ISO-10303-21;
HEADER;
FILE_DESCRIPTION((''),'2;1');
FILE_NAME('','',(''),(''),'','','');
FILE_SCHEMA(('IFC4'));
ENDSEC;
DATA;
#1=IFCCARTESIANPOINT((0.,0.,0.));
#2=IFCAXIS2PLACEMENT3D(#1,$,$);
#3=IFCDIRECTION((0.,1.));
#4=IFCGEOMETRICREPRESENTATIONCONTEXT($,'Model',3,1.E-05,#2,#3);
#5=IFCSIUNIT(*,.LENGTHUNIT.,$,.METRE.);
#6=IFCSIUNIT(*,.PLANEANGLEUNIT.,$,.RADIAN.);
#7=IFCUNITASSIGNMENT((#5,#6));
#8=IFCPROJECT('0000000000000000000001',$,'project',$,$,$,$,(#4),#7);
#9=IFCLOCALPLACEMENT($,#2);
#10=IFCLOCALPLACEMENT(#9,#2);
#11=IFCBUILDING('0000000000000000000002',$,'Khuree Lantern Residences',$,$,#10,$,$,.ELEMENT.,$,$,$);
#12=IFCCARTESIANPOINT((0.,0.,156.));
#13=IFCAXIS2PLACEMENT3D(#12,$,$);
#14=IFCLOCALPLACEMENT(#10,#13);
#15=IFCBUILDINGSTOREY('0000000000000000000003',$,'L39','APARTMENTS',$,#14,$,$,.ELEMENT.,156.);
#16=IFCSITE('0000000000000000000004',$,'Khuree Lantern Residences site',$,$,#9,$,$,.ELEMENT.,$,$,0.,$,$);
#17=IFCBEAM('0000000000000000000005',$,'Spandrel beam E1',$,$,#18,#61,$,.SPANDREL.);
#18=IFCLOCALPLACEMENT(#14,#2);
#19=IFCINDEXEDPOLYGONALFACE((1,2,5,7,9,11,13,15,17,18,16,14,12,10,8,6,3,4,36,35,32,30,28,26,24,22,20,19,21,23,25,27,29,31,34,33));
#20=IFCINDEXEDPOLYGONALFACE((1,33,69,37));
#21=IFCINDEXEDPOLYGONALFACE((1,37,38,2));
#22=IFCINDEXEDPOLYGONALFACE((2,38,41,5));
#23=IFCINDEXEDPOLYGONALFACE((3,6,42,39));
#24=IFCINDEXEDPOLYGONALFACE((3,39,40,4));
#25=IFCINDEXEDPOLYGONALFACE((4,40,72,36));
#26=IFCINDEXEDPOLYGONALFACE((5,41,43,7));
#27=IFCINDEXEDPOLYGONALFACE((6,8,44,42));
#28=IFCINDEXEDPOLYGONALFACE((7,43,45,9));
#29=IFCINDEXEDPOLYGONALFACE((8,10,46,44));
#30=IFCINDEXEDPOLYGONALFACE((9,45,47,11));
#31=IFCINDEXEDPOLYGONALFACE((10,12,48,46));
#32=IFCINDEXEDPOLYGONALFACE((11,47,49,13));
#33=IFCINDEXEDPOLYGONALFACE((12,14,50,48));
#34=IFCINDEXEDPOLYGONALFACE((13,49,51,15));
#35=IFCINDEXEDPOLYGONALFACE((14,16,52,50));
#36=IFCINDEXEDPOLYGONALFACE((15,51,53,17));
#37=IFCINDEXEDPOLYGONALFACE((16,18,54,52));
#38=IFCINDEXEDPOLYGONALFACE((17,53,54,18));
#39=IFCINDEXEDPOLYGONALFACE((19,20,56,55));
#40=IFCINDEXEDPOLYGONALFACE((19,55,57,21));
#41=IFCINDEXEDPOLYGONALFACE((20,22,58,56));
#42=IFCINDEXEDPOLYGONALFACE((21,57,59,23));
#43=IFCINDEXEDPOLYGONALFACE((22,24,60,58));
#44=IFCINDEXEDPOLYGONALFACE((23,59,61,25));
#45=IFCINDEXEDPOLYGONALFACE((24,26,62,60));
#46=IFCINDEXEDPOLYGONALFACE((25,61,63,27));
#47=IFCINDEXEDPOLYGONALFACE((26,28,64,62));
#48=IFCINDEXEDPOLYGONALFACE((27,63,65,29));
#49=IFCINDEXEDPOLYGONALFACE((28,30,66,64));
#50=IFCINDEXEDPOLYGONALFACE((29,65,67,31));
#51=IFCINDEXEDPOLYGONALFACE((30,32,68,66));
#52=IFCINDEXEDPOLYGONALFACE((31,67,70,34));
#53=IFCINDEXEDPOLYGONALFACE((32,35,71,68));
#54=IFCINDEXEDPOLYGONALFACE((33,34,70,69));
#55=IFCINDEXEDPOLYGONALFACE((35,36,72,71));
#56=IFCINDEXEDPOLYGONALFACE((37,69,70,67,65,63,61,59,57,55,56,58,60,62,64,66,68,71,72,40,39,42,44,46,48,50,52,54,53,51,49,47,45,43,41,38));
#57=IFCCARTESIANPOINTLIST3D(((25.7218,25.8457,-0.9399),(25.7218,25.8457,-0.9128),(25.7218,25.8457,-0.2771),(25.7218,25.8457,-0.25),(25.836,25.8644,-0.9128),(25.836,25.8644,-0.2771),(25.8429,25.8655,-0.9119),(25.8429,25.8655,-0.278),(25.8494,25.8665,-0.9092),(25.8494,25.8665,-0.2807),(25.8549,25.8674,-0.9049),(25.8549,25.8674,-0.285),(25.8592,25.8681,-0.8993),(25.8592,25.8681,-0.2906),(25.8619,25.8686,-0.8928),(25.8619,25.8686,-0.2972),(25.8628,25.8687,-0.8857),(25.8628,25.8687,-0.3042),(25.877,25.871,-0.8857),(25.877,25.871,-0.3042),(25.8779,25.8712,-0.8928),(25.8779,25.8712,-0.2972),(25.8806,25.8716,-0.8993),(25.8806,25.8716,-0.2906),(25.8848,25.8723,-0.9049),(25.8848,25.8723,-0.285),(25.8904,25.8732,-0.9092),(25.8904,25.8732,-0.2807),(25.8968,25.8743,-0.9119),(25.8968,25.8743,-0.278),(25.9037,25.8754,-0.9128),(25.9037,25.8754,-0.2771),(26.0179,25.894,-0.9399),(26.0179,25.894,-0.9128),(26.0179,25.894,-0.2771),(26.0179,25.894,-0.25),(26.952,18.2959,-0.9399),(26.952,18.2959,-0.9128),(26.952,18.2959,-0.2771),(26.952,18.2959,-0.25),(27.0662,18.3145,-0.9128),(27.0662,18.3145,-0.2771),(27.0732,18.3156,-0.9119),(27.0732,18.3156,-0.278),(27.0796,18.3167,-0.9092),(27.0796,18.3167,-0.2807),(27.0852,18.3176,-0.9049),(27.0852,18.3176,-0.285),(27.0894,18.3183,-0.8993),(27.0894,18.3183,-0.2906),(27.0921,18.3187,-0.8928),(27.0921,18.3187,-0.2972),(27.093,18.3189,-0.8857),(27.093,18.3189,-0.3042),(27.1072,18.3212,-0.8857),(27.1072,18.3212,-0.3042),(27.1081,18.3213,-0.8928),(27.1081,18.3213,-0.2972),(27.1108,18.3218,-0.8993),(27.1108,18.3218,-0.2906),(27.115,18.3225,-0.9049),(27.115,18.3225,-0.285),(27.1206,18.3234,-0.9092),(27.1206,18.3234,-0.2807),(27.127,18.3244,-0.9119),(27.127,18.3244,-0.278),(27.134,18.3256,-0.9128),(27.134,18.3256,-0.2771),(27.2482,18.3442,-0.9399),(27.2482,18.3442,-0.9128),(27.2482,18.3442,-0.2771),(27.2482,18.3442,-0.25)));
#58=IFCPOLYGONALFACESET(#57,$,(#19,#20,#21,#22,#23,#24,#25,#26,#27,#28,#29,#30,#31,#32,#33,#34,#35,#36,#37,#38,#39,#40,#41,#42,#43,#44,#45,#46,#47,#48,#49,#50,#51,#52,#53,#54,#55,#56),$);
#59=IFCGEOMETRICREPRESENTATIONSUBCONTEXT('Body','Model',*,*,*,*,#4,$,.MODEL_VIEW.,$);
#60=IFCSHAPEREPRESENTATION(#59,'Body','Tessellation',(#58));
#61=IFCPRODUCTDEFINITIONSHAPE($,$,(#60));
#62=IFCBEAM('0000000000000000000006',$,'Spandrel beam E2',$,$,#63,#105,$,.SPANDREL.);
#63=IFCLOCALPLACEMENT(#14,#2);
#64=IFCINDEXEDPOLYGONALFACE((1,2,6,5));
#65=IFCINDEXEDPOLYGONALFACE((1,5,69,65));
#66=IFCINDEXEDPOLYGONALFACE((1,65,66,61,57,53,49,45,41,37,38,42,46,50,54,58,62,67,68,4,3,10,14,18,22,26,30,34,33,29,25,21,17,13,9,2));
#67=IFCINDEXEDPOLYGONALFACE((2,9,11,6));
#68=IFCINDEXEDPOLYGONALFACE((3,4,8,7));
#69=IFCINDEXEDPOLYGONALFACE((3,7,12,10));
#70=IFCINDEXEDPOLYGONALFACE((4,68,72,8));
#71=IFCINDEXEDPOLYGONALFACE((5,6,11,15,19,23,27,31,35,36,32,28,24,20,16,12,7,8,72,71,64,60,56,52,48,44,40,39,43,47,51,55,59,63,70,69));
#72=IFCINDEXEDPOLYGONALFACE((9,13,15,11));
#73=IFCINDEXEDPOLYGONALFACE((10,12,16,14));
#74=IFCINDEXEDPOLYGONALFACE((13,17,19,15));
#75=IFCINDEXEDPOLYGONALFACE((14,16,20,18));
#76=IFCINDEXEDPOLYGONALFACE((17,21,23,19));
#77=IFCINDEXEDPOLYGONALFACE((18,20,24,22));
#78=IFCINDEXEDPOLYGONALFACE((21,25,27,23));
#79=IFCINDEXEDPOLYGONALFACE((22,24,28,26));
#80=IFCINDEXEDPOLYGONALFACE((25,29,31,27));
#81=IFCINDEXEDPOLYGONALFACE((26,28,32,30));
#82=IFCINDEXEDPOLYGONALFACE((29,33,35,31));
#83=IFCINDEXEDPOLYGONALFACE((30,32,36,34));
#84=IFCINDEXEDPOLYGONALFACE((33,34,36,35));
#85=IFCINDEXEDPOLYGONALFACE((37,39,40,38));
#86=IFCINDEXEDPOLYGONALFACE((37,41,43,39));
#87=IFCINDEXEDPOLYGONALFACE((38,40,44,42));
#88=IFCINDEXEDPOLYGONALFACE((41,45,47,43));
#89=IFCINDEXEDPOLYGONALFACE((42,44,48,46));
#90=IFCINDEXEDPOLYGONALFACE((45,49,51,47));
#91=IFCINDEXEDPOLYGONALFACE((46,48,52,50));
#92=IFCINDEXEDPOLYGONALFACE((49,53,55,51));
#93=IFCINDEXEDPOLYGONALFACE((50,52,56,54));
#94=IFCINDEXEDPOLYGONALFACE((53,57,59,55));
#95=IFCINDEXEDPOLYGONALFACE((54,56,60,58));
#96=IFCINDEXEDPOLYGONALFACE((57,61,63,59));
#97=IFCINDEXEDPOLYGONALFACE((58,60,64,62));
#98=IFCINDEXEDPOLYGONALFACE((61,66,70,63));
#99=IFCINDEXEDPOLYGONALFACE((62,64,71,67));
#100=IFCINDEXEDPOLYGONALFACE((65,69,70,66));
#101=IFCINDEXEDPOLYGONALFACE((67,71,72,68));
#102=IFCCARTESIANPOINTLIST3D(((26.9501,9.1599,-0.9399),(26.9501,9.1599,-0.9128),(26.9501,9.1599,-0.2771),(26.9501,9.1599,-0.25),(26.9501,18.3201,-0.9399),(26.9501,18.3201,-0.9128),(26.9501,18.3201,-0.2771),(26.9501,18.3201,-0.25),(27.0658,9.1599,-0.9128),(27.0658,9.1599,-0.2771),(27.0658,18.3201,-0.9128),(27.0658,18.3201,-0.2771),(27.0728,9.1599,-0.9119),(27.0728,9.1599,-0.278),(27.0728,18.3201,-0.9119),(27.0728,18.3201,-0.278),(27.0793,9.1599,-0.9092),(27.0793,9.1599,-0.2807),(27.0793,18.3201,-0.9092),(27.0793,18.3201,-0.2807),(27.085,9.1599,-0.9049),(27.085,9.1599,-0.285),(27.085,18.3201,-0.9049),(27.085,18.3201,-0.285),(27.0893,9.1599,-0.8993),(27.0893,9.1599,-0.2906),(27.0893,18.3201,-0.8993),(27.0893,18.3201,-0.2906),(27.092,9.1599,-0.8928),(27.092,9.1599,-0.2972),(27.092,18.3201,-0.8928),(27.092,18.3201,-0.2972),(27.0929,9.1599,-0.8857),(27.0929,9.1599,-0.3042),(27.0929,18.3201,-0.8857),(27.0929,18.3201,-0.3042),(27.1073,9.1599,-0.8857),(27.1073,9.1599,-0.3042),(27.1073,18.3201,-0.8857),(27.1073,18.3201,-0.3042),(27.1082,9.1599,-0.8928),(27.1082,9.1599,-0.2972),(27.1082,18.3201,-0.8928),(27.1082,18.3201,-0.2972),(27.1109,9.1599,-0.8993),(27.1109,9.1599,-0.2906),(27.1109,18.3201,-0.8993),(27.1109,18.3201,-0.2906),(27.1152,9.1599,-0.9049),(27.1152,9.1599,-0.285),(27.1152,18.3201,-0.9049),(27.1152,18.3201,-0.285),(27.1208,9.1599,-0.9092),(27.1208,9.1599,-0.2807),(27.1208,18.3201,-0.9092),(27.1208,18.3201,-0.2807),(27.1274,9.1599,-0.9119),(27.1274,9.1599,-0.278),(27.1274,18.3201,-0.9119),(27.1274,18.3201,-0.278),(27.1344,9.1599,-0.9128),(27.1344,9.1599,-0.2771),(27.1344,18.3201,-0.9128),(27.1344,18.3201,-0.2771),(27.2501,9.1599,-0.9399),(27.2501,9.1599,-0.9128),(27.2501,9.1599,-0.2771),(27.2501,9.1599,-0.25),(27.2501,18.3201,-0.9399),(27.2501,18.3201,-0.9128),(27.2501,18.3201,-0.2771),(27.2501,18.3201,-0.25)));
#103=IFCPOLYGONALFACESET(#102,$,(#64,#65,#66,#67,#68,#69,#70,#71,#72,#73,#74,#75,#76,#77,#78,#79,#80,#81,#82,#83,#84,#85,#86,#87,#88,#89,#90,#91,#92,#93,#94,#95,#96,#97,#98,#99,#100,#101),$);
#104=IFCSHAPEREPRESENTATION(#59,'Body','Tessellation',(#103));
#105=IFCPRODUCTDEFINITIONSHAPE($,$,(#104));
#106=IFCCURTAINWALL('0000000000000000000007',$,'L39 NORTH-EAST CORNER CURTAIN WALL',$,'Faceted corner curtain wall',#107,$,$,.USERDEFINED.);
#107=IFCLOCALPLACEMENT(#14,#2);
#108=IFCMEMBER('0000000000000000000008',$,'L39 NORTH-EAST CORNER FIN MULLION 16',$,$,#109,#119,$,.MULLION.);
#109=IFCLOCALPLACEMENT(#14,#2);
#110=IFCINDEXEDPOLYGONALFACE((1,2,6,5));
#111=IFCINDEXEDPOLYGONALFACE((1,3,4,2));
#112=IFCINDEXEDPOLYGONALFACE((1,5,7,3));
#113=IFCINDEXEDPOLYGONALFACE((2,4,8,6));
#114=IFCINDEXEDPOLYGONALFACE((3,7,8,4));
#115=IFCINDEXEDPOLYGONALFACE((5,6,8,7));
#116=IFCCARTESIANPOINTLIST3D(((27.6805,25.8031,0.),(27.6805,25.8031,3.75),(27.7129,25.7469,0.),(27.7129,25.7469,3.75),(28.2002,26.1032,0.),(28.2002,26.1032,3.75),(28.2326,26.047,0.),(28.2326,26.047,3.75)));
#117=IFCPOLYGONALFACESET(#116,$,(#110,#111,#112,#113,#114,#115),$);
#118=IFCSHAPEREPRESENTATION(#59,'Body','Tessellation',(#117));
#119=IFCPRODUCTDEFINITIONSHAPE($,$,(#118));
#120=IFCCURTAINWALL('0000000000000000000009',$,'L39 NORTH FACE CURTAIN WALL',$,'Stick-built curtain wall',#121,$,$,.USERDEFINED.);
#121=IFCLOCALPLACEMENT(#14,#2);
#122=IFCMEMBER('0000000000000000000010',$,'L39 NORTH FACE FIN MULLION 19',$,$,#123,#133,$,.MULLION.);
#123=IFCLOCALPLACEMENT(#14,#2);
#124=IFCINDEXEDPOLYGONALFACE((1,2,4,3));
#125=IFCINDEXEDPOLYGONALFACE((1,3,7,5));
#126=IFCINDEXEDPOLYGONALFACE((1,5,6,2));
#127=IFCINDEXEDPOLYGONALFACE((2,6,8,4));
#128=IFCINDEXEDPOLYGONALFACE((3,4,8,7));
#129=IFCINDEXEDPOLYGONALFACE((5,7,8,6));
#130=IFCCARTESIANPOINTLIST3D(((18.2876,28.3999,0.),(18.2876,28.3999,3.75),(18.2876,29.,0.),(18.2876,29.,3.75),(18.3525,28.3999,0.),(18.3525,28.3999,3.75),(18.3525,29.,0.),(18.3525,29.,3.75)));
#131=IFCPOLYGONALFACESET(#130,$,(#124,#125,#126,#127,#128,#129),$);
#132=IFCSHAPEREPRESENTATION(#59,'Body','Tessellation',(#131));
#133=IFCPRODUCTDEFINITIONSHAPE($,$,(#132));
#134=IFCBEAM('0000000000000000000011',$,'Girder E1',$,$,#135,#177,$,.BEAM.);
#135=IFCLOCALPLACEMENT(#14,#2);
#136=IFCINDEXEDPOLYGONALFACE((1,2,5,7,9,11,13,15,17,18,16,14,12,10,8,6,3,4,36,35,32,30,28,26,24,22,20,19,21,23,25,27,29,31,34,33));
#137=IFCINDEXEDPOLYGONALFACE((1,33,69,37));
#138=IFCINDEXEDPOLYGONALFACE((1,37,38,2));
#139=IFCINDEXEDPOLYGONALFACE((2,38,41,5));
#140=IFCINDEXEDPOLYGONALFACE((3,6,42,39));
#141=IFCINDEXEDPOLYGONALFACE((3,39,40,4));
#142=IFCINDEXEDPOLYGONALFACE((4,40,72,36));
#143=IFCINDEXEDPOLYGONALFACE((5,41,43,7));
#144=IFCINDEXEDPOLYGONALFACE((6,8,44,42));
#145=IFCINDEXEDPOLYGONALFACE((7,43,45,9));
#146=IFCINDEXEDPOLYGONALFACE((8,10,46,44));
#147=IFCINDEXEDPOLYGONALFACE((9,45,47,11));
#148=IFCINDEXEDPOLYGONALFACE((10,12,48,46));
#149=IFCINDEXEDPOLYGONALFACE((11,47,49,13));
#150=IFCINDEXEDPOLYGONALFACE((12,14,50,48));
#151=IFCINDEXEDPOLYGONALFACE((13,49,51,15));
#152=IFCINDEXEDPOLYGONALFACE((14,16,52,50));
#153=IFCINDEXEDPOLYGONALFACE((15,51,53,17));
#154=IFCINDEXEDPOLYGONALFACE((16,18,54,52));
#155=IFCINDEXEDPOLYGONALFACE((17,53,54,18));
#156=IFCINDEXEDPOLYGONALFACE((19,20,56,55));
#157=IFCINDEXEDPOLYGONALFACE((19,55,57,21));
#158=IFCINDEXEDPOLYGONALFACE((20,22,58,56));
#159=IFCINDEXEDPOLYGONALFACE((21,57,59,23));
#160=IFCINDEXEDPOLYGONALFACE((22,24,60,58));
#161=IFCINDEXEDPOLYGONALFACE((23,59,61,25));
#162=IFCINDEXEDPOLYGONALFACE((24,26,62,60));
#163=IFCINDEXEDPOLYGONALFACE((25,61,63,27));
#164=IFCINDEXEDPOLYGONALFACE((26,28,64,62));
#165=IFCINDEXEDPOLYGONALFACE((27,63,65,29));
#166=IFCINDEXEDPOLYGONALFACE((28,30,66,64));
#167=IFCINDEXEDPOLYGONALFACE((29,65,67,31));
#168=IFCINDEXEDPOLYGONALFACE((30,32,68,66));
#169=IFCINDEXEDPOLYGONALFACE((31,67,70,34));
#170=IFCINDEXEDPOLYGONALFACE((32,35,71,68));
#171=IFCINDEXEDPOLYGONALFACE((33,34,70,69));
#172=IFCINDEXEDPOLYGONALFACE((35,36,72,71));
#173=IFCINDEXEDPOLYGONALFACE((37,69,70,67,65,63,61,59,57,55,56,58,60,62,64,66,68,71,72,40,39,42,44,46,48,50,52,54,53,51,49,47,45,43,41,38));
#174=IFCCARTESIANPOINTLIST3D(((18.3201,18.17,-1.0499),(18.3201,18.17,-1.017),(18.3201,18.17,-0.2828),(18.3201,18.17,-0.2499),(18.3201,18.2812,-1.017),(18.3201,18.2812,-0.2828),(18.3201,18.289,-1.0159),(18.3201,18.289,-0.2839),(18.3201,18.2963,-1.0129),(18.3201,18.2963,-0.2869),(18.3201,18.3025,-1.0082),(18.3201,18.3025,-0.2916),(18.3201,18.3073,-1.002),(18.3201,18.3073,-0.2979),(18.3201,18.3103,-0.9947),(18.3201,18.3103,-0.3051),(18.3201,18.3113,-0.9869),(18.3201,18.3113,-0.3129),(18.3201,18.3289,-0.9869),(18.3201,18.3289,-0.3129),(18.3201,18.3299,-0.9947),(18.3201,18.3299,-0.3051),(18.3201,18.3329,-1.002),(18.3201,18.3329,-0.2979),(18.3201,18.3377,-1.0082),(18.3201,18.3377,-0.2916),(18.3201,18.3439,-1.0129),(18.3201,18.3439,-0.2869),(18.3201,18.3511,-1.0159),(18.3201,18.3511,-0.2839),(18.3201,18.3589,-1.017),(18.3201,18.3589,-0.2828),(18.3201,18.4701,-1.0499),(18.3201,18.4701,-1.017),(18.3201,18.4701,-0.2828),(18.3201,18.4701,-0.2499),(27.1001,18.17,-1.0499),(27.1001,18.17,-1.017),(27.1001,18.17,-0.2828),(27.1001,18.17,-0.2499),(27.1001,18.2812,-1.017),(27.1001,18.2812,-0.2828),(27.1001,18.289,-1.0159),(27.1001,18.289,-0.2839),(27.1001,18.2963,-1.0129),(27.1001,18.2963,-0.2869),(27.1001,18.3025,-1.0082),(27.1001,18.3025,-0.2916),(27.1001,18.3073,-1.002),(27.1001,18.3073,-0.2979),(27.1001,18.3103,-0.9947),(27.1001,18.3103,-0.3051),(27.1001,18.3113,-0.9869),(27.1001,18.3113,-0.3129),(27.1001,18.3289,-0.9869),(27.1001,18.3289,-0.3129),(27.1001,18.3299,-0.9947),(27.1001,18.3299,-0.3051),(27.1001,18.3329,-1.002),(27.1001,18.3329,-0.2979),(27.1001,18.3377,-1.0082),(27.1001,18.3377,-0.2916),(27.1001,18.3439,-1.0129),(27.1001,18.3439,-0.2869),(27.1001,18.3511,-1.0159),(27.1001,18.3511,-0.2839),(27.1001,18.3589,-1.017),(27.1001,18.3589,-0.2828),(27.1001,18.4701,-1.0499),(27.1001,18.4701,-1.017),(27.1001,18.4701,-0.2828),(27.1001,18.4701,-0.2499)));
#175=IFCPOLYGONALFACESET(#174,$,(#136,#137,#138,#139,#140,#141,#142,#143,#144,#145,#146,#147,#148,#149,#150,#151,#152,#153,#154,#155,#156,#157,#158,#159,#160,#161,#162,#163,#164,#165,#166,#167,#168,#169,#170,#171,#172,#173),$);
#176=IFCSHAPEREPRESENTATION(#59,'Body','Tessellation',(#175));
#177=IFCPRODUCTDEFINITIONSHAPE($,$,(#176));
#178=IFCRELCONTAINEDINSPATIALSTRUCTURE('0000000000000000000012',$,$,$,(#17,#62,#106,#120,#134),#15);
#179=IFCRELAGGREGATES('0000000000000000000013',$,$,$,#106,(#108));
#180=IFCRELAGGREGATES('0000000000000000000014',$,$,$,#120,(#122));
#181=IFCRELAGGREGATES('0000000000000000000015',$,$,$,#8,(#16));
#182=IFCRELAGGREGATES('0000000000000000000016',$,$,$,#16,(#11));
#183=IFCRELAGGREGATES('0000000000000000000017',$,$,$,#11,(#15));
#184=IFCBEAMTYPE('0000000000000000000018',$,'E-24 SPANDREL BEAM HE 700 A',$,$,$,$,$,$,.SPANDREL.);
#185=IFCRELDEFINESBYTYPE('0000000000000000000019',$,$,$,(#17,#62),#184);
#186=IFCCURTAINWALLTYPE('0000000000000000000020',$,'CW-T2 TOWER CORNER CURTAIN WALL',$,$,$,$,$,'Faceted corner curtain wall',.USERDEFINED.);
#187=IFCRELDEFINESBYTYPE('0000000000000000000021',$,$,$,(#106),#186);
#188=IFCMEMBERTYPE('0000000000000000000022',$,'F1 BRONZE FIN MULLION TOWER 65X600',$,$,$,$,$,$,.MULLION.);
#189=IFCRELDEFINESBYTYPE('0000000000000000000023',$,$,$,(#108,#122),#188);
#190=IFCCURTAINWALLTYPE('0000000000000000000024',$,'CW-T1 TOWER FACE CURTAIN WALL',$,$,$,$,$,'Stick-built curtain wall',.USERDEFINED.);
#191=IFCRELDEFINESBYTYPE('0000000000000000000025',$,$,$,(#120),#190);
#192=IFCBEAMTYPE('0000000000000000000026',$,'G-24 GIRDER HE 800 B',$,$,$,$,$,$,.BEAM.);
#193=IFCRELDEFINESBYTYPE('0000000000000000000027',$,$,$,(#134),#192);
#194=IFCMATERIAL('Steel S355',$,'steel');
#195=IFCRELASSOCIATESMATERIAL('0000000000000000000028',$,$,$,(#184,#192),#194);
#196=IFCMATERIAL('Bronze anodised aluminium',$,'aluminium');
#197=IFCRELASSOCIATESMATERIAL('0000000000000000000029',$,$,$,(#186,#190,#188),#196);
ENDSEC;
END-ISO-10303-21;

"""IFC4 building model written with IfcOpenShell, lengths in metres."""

from ifc_helpers import new_model, si_unit, direction, frame, origin, origin_2d, place, context, subcontext, project, spatial, rectangle, i_section, extrude, material, material_profile, profile_set, type_object, element, aggregate, save


model = new_model("IFC4")

# Units and contexts
model_context = context("Model", 3, precision=1e-05, world=origin(), true_north=direction((0.0, 1.0)))
body_context = subcontext(model_context, "Body", "Model", "MODEL_VIEW")
ifc_project = project(units=[si_unit("LENGTHUNIT", "METRE"), si_unit("PLANEANGLEUNIT", "RADIAN")], contexts=[model_context])

# Site, building, storey
site_placement = place(None, origin())
site = spatial("IfcSite", under=ifc_project, at=site_placement, Name="Khuree Lantern Residences site", CompositionType="ELEMENT", RefElevation=0.0)
building_placement = place(site_placement, origin())
building = spatial("IfcBuilding", under=site, at=building_placement, Name="Khuree Lantern Residences", CompositionType="ELEMENT")
storey_placement = place(building_placement, frame((0.0, 0.0, 156.0)))
storey = spatial("IfcBuildingStorey", under=building, at=storey_placement, Name="L39", Description="APARTMENTS", CompositionType="ELEMENT", Elevation=156.0)

# Beams
ifc_material_1 = material(Name="Steel S355", Category="steel")
ifc_material_profile_1 = material_profile(ifc_material_1, i_section(OverallWidth=0.3, OverallDepth=0.6899, WebThickness=0.0144, FlangeThickness=0.0271, FilletRadius=0.0271, at=origin_2d()), Name="HE 700 A")
ifc_profile_set_1 = profile_set([ifc_material_profile_1], Name="Steel S355")
beam_type_1 = type_object("IfcBeamType", Name="E-24 SPANDREL BEAM HE 700 A", PredefinedType="SPANDREL", material=ifc_profile_set_1)
for number, where, z_axis, x_axis, name in (
    (1, (25.8699, 25.8699, -0.595), (0.160827, -0.986983, 0.0), (0.986983, 0.160827, 0.0), "Spandrel beam E1"),
):
    element("IfcBeam", number, at=place(storey_placement, frame(where, z_axis=z_axis, x_axis=x_axis)), inside=storey, type_object=beam_type_1, Name=name, PredefinedType="SPANDREL", context=body_context, shape_type="SweptSolid", body=[
        extrude(i_section(OverallWidth=0.3, OverallDepth=0.6899, WebThickness=0.0144, FlangeThickness=0.0271, FilletRadius=0.0271, at=origin_2d()), origin(), (0.0, 0.0, 1.0), 7.6494),
    ])
beam_1_placement = place(storey_placement, frame((27.1001, 18.3201, -0.595), z_axis=(0.0, -1.0, 0.0), x_axis=(1.0, 0.0, 0.0)))
element("IfcBeam", 2, at=beam_1_placement, inside=storey, type_object=beam_type_1, Name="Spandrel beam E2", PredefinedType="SPANDREL", context=body_context, shape_type="SweptSolid", body=[
    extrude(i_section(OverallWidth=0.3, OverallDepth=0.6899, WebThickness=0.0144, FlangeThickness=0.0271, FilletRadius=0.0271, at=origin_2d()), origin(), (0.0, 0.0, 1.0), 9.1602),
])

# Curtain walls, members
ifc_material_2 = material(Name="Bronze anodised aluminium", Category="aluminium")
curtain_wall_type_1 = type_object("IfcCurtainWallType", Name="CW-T2 TOWER CORNER CURTAIN WALL", ElementType="Faceted corner curtain wall", PredefinedType="USERDEFINED", material=ifc_material_2)
curtain_wall_1_placement = place(storey_placement, origin())
curtain_wall_1 = element("IfcCurtainWall", 3, at=curtain_wall_1_placement, inside=storey, type_object=curtain_wall_type_1, Name="L39 NORTH-EAST CORNER CURTAIN WALL", ObjectType="Faceted corner curtain wall", PredefinedType="USERDEFINED")
ifc_material_profile_2 = material_profile(ifc_material_2, rectangle(XDim=0.0649, YDim=0.6001, at=origin_2d()), Name="F1 65X600")
ifc_profile_set_2 = profile_set([ifc_material_profile_2], Name="Bronze anodised aluminium")
member_type_1 = type_object("IfcMemberType", Name="F1 BRONZE FIN MULLION TOWER 65X600", PredefinedType="MULLION", material=ifc_profile_set_2)
member_1_placement = place(storey_placement, frame((27.9565, 25.925, 0.0), z_axis=(0.0, 0.0, 1.0), x_axis=(-0.5, 0.866025, 0.0)))
member_1 = element("IfcMember", 4, at=member_1_placement, type_object=member_type_1, Name="L39 NORTH-EAST CORNER FIN MULLION 16", PredefinedType="MULLION", context=body_context, shape_type="SweptSolid", body=[
    extrude(rectangle(XDim=0.0649, YDim=0.6001, at=origin_2d()), origin(), (0.0, 0.0, 1.0), 3.75),
])
curtain_wall_type_2 = type_object("IfcCurtainWallType", Name="CW-T1 TOWER FACE CURTAIN WALL", ElementType="Stick-built curtain wall", PredefinedType="USERDEFINED", material=ifc_material_2)
curtain_wall_2_placement = place(storey_placement, origin())
curtain_wall_2 = element("IfcCurtainWall", 5, at=curtain_wall_2_placement, inside=storey, type_object=curtain_wall_type_2, Name="L39 NORTH FACE CURTAIN WALL", ObjectType="Stick-built curtain wall", PredefinedType="USERDEFINED")
member_2_placement = place(storey_placement, frame((18.3201, 28.7, 0.0), z_axis=(0.0, 0.0, 1.0), x_axis=(-1.0, 0.0, 0.0)))
member_2 = element("IfcMember", 6, at=member_2_placement, type_object=member_type_1, Name="L39 NORTH FACE FIN MULLION 19", PredefinedType="MULLION", context=body_context, shape_type="SweptSolid", body=[
    extrude(rectangle(XDim=0.0649, YDim=0.6001, at=origin_2d()), origin(), (0.0, 0.0, 1.0), 3.75),
])

# Beam
ifc_material_profile_3 = material_profile(ifc_material_1, i_section(OverallWidth=0.3, OverallDepth=0.8, WebThickness=0.0176, FlangeThickness=0.033, FilletRadius=0.03, at=origin_2d()), Name="HE 800 B")
ifc_profile_set_3 = profile_set([ifc_material_profile_3], Name="Steel S355")
beam_type_2 = type_object("IfcBeamType", Name="G-24 GIRDER HE 800 B", PredefinedType="BEAM", material=ifc_profile_set_3)
beam_2_placement = place(storey_placement, frame((27.1001, 18.3201, -0.6499), z_axis=(-1.0, 0.0, 0.0), x_axis=(0.0, -1.0, 0.0)))
element("IfcBeam", 7, at=beam_2_placement, inside=storey, type_object=beam_type_2, Name="Girder E1", PredefinedType="BEAM", context=body_context, shape_type="SweptSolid", body=[
    extrude(i_section(OverallWidth=0.3, OverallDepth=0.8, WebThickness=0.0176, FlangeThickness=0.033, FilletRadius=0.03, at=origin_2d()), origin(), (0.0, 0.0, 1.0), 8.78),
])

aggregate(curtain_wall_1, [member_1])
aggregate(curtain_wall_2, [member_2])

save(model, "model.ifc")
